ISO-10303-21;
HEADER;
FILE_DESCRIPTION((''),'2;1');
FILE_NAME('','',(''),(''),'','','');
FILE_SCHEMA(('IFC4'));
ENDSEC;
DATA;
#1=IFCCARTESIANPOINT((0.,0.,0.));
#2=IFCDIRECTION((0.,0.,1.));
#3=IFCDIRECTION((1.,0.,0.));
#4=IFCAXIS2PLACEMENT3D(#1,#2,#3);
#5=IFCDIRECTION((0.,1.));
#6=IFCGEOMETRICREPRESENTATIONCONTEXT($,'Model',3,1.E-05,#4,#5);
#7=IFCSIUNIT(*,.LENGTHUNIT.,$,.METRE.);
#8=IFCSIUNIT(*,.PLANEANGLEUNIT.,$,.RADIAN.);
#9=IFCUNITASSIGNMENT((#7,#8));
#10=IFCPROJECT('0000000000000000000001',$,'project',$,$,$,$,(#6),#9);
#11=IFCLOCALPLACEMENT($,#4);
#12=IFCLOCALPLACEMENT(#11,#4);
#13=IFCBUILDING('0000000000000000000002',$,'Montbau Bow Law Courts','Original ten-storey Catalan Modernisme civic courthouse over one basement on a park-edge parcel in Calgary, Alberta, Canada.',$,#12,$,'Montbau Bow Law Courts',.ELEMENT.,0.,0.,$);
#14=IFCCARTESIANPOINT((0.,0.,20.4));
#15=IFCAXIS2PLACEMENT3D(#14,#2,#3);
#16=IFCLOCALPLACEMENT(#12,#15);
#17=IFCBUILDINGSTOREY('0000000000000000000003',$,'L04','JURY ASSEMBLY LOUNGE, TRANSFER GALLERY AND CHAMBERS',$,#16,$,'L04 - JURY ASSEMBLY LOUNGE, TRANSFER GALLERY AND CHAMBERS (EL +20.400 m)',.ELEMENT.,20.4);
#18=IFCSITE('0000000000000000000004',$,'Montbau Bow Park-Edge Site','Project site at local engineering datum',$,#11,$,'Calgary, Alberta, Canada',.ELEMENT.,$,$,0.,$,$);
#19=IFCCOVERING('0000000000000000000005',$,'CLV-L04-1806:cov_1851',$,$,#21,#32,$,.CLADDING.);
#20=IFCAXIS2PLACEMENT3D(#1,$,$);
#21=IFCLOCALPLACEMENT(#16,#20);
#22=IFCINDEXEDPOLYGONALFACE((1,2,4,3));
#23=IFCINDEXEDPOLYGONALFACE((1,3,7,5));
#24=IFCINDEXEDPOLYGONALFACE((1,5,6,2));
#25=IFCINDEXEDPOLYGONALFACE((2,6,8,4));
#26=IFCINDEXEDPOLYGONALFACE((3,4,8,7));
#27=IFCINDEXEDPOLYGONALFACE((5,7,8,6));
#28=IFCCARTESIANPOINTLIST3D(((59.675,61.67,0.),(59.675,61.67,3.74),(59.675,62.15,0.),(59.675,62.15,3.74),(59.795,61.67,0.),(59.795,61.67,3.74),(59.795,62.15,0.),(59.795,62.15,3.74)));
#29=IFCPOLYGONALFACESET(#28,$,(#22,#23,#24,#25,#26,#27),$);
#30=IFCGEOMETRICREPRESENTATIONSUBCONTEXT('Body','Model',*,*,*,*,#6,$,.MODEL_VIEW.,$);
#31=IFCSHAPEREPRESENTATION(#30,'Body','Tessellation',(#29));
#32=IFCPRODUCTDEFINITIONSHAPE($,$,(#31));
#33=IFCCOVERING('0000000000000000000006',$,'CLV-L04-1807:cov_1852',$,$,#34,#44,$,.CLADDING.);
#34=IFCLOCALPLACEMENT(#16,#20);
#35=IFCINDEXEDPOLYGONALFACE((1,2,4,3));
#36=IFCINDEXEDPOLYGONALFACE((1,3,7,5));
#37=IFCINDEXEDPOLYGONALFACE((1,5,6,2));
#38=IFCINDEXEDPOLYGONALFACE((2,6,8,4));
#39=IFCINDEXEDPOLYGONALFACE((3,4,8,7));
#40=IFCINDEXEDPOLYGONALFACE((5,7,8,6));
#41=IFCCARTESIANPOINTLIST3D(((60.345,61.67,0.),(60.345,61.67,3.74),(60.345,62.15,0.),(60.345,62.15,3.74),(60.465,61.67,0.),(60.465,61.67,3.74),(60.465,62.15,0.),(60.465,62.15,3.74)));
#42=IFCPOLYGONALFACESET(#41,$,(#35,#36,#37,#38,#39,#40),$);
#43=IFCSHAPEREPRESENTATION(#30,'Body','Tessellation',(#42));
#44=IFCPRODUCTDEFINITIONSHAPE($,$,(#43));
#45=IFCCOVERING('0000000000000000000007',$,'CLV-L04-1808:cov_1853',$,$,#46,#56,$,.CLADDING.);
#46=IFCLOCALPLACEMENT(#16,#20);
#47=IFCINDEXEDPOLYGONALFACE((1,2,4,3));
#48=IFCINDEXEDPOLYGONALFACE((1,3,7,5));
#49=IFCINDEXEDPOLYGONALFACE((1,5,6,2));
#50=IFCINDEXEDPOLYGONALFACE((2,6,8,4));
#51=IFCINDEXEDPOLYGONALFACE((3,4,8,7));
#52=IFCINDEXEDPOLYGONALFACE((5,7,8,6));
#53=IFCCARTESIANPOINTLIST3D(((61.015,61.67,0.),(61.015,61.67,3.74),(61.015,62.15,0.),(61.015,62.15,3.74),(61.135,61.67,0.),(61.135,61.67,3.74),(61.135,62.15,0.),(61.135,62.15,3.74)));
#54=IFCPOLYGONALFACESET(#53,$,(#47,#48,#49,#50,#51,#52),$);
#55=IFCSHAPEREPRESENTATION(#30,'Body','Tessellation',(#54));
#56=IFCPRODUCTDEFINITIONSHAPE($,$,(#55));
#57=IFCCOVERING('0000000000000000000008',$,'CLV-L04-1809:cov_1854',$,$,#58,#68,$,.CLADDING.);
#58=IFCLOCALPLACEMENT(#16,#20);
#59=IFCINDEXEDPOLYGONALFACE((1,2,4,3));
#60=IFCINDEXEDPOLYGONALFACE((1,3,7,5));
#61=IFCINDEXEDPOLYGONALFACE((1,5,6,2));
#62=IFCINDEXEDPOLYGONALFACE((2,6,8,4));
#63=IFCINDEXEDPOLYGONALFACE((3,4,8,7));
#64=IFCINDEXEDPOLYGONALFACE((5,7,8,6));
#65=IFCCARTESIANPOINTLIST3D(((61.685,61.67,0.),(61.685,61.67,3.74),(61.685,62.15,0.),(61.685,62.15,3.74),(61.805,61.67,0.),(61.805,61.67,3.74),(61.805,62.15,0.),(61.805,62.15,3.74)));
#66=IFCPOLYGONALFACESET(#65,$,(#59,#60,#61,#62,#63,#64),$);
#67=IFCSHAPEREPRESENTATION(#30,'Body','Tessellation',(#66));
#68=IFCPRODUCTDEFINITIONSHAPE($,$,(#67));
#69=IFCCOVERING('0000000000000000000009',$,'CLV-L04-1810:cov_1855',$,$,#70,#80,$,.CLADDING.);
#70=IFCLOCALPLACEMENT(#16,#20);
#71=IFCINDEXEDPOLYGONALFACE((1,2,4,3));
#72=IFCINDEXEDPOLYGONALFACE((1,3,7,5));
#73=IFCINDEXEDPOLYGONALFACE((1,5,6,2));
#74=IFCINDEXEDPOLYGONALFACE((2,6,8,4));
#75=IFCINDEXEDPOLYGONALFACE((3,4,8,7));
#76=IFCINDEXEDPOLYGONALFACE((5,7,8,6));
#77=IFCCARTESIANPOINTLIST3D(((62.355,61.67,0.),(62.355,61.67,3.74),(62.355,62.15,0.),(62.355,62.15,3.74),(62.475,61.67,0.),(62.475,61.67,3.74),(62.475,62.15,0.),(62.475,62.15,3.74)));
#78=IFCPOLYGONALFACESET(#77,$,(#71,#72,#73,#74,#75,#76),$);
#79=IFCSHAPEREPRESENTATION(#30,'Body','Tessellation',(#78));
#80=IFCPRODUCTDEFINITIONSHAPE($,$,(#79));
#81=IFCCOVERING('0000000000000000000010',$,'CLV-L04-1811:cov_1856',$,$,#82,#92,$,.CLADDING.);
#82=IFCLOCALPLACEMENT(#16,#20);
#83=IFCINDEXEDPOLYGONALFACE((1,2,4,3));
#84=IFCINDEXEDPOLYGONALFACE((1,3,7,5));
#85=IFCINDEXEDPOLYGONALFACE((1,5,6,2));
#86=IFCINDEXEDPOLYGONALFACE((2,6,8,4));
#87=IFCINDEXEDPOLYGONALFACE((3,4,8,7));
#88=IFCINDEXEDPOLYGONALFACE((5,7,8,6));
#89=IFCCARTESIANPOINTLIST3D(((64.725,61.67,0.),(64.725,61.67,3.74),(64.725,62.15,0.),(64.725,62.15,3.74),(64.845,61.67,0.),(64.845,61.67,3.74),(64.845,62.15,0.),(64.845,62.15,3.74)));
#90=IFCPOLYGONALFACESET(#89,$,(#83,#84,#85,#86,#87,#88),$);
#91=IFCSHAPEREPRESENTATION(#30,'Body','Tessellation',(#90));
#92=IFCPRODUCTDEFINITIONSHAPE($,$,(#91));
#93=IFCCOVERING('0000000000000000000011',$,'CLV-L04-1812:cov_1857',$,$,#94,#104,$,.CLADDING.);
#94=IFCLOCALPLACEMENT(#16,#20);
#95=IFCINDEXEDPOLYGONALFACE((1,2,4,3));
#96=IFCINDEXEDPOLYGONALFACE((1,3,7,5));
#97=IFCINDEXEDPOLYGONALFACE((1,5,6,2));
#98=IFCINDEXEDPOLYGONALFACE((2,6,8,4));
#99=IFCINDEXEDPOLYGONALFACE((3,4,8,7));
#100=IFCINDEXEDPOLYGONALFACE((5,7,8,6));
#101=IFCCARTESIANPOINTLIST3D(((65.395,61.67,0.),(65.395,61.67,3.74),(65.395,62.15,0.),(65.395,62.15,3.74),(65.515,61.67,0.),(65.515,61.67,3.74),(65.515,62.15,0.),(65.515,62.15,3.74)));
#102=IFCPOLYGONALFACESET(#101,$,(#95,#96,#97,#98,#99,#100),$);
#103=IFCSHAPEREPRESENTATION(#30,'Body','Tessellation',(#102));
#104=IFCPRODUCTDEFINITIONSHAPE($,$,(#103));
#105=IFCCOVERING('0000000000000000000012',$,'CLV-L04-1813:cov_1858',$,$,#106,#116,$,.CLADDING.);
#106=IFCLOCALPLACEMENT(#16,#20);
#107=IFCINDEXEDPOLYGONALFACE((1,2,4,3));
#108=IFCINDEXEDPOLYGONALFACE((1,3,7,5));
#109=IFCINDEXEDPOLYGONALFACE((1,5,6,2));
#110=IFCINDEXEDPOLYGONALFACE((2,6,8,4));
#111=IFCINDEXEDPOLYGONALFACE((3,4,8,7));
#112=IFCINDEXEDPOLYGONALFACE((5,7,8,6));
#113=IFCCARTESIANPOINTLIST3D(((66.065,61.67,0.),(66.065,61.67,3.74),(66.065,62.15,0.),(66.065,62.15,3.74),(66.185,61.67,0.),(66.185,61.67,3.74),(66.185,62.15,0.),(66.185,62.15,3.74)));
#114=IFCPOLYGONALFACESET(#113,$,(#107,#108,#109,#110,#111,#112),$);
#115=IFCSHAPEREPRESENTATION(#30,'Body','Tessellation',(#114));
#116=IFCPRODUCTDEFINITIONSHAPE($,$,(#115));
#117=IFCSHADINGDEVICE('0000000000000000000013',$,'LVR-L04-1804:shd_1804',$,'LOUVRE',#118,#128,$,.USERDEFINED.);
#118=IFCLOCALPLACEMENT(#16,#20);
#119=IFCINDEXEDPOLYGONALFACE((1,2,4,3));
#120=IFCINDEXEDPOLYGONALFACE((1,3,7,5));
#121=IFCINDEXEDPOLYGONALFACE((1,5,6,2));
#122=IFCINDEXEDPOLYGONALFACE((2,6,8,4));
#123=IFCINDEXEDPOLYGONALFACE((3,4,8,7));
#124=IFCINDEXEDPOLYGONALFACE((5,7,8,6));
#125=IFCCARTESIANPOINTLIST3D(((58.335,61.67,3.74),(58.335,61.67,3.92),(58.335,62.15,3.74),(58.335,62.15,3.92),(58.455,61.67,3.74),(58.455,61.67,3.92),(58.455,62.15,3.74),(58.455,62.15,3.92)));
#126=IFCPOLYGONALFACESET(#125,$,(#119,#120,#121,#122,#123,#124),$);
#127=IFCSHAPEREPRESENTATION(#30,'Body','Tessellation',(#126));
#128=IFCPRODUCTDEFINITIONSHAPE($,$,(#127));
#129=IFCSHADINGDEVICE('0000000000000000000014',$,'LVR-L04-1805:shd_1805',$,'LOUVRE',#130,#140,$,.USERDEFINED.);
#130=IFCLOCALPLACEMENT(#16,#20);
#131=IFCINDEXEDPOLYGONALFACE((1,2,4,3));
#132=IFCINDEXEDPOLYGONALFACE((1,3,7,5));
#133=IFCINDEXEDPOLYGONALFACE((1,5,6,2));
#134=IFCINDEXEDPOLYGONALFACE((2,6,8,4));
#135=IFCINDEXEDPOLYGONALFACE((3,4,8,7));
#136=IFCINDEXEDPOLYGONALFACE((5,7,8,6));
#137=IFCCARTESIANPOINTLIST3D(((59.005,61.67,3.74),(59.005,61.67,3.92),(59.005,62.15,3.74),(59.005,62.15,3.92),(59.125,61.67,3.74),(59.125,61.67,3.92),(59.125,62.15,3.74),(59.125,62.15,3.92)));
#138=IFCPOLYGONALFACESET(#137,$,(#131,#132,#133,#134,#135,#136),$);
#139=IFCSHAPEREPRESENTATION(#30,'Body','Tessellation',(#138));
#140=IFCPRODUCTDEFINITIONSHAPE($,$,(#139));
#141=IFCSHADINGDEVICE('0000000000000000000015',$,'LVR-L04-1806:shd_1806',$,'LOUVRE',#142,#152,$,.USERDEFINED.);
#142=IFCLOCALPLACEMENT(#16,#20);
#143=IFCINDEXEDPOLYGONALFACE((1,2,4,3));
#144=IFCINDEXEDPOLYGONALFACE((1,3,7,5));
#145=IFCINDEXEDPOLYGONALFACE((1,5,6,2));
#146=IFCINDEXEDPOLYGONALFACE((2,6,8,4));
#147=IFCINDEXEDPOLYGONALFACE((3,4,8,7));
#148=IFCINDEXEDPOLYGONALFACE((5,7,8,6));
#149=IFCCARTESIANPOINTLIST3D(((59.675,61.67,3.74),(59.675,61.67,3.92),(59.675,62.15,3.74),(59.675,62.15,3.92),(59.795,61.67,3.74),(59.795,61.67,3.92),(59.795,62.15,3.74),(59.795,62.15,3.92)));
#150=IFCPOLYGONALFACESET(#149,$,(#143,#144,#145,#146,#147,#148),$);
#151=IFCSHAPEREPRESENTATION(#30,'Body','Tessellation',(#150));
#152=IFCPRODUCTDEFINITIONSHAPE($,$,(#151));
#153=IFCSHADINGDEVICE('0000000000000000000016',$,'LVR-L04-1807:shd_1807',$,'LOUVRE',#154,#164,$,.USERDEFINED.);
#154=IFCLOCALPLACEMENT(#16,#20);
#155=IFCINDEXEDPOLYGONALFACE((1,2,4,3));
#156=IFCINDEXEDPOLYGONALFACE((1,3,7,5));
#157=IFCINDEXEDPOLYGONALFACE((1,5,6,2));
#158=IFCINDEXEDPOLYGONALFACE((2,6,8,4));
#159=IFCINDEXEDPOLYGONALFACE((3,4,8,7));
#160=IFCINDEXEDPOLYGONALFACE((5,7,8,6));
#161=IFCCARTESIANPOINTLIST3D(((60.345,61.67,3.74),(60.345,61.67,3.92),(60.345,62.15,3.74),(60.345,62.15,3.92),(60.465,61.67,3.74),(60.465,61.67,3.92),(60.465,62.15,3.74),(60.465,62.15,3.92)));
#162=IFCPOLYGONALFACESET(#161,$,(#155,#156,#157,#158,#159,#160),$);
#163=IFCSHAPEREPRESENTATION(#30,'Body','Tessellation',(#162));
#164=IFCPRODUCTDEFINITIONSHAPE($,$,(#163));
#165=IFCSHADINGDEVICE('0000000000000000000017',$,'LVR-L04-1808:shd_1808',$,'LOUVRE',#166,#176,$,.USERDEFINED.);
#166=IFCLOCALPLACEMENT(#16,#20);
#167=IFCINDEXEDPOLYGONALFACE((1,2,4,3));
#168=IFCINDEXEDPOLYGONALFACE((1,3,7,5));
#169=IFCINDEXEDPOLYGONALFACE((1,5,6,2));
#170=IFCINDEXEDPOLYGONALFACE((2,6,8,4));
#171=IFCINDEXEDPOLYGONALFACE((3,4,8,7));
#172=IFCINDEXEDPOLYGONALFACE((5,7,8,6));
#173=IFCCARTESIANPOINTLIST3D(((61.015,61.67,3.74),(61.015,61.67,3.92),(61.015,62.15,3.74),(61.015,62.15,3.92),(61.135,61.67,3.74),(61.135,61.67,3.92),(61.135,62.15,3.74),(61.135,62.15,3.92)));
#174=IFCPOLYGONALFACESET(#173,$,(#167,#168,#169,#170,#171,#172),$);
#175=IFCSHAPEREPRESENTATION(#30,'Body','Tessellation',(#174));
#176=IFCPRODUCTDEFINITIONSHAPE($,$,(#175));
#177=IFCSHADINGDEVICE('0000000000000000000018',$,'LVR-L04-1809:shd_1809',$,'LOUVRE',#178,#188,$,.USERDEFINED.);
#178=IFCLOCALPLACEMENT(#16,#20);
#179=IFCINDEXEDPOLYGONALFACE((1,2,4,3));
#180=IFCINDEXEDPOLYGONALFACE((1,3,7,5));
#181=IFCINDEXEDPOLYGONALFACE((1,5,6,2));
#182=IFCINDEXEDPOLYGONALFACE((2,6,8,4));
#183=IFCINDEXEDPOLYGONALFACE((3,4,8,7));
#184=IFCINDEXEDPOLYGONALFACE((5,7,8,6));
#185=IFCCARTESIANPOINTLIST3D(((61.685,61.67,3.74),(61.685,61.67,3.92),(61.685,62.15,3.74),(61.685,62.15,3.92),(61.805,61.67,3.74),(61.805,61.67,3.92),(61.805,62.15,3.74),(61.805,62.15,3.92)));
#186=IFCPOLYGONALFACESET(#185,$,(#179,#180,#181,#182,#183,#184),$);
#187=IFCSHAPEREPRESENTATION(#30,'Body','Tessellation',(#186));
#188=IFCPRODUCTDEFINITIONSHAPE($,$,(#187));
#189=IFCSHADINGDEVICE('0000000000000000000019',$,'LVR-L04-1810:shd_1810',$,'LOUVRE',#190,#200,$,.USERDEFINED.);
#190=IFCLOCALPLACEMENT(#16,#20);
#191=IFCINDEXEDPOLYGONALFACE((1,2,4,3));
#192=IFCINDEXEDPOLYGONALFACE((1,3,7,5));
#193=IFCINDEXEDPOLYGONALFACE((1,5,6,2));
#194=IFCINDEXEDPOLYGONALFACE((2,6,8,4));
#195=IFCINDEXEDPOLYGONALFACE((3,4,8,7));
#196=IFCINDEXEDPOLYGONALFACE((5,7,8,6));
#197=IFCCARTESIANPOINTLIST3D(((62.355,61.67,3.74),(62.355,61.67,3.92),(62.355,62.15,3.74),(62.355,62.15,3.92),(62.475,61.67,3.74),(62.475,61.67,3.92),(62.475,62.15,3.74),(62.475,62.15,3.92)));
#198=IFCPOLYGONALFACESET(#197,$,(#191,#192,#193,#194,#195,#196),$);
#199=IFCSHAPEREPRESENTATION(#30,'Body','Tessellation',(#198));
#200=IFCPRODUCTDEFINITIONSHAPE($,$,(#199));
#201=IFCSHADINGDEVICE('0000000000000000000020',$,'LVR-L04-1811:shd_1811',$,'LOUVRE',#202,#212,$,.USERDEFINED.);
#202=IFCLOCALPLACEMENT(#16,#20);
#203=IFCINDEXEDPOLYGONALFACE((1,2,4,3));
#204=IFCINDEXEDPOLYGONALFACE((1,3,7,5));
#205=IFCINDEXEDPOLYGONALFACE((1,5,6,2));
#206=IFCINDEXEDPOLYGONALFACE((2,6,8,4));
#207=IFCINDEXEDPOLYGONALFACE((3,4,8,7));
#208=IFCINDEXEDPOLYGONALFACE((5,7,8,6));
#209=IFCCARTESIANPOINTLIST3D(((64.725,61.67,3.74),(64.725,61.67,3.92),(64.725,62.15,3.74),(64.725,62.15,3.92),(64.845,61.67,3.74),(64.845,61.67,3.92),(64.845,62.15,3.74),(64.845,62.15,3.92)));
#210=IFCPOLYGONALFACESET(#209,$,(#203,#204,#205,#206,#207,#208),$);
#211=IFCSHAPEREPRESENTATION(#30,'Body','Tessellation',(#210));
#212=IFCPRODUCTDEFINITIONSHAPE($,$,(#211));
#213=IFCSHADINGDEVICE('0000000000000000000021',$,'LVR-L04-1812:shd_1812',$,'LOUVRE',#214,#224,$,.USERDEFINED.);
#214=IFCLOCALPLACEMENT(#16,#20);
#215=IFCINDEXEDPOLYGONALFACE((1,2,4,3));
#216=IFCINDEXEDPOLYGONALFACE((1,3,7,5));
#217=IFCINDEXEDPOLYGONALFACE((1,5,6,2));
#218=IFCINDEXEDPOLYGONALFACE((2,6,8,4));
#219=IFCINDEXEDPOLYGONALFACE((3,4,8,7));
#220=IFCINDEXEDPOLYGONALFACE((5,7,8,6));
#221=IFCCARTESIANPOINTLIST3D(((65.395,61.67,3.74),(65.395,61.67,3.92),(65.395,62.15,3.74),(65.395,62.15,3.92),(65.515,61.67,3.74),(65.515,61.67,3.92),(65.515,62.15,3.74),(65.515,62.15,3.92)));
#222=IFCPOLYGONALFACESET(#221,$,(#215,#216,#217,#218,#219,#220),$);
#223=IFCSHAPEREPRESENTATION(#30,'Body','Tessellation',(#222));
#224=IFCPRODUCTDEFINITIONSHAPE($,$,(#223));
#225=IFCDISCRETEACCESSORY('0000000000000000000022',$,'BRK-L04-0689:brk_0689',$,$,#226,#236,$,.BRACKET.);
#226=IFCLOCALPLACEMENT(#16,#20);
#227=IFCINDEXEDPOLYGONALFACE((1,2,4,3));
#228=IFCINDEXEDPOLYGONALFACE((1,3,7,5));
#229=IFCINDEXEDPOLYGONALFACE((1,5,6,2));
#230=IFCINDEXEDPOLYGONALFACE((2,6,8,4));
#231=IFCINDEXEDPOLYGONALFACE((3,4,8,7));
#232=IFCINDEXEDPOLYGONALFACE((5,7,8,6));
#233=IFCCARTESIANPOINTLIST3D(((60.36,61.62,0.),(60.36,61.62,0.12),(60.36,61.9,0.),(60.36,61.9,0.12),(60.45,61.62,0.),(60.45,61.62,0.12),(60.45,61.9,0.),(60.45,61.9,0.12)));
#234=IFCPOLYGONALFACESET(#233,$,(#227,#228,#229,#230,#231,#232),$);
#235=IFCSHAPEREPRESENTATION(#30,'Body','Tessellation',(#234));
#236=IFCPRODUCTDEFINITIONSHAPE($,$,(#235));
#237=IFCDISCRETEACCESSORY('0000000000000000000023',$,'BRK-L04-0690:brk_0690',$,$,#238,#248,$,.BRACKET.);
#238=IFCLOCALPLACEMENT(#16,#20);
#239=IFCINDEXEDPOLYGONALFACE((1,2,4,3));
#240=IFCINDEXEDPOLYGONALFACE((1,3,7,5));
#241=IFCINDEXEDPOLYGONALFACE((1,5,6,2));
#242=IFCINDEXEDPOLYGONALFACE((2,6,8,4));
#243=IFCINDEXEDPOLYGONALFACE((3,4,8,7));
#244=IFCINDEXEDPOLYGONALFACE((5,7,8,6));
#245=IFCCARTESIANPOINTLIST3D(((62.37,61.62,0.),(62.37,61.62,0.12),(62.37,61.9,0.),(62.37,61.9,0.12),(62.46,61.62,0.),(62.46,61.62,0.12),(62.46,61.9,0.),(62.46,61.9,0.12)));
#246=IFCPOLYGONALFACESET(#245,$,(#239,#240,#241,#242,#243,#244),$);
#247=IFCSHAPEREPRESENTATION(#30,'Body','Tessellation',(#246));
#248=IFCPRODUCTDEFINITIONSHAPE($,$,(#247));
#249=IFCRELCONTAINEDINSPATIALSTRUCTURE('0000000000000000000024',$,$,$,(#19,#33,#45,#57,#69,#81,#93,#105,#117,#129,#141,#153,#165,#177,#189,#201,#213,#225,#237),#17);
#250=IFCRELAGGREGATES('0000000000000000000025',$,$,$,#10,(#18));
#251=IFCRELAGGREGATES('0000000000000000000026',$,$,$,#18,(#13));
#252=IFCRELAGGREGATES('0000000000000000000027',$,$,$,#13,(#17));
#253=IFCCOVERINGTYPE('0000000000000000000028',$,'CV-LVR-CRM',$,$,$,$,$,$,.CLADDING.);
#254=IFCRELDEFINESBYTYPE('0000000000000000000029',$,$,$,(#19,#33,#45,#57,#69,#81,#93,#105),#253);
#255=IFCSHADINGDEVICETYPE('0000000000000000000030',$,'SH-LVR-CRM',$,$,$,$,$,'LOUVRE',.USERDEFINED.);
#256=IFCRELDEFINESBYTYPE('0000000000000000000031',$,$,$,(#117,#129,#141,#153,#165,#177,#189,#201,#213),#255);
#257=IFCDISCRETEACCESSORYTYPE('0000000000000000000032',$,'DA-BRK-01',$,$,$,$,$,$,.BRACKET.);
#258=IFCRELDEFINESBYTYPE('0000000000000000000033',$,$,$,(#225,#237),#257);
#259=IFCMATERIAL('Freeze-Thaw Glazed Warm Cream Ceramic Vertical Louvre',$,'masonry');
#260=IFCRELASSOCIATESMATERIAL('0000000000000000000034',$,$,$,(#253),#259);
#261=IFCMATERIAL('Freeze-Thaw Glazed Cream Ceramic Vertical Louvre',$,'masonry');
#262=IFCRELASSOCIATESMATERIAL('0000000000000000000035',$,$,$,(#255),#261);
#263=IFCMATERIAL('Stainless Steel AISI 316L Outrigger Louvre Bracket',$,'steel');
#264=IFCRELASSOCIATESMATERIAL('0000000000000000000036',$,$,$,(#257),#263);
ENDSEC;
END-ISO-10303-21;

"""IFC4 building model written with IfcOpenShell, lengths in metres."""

from ifc_helpers import new_model, si_unit, direction, frame, frame_2d, origin_with_axes, origin_2d_with_axis, place, context, subcontext, project, spatial, rectangle, extrude, material, type_object, element, save


model = new_model("IFC4")

# Units and contexts
model_context = context("Model", 3, precision=1e-05, world=origin_with_axes(), true_north=direction((0.0, 1.0)))
body_context = subcontext(model_context, "Body", "Model", "MODEL_VIEW")
ifc_project = project(units=[si_unit("LENGTHUNIT", "METRE"), si_unit("PLANEANGLEUNIT", "RADIAN")], contexts=[model_context])

# Site, building, storey
site_placement = place(None, origin_with_axes())
site = spatial("IfcSite", under=ifc_project, at=site_placement, Name="Montbau Bow Park-Edge Site", Description="Project site at local engineering datum", LongName="Calgary, Alberta, Canada", CompositionType="ELEMENT", RefElevation=0.0)
building_placement = place(site_placement, origin_with_axes())
building = spatial("IfcBuilding", under=site, at=building_placement, Name="Montbau Bow Law Courts", Description="Original ten-storey Catalan Modernisme civic courthouse over one basement on a park-edge parcel in Calgary, Alberta, Canada.", LongName="Montbau Bow Law Courts", CompositionType="ELEMENT", ElevationOfRefHeight=0.0, ElevationOfTerrain=0.0)
storey_placement = place(building_placement, frame((0.0, 0.0, 20.4), z_axis=(0.0, 0.0, 1.0), x_axis=(1.0, 0.0, 0.0)))
storey = spatial("IfcBuildingStorey", under=building, at=storey_placement, Name="L04", Description="JURY ASSEMBLY LOUNGE, TRANSFER GALLERY AND CHAMBERS", LongName="L04 - JURY ASSEMBLY LOUNGE, TRANSFER GALLERY AND CHAMBERS (EL +20.400 m)", CompositionType="ELEMENT", Elevation=20.4)

# Coverings
ifc_material_1 = material(Name="Freeze-Thaw Glazed Warm Cream Ceramic Vertical Louvre", Category="masonry")
covering_type = type_object("IfcCoveringType", Name="CV-LVR-CRM", PredefinedType="CLADDING", material=ifc_material_1)
for number, where, z_axis, x_axis, name in (
    (1, (59.735, 61.67, 20.4), (1.0, 0.0, 0.0), (0.0, 1.0, 0.0), "CLV-L04-1806:cov_1851"),
    (2, (60.405, 61.67, 20.4), (1.0, 0.0, 0.0), (0.0, 1.0, 0.0), "CLV-L04-1807:cov_1852"),
    (3, (61.075, 61.67, 20.4), (1.0, 0.0, 0.0), (0.0, 1.0, 0.0), "CLV-L04-1808:cov_1853"),
    (4, (61.745, 61.67, 20.4), (1.0, 0.0, 0.0), (0.0, 1.0, 0.0), "CLV-L04-1809:cov_1854"),
    (5, (62.415, 61.67, 20.4), (1.0, 0.0, 0.0), (0.0, 1.0, 0.0), "CLV-L04-1810:cov_1855"),
    (6, (64.785, 61.67, 20.4), (1.0, 0.0, 0.0), (0.0, 1.0, 0.0), "CLV-L04-1811:cov_1856"),
    (7, (65.455, 61.67, 20.4), (1.0, 0.0, 0.0), (0.0, 1.0, 0.0), "CLV-L04-1812:cov_1857"),
    (8, (66.125, 61.67, 20.4), (1.0, 0.0, 0.0), (0.0, 1.0, 0.0), "CLV-L04-1813:cov_1858"),
):
    element("IfcCovering", number, at=place(None, frame(where, z_axis=z_axis, x_axis=x_axis)), inside=storey, type_object=covering_type, Name=name, PredefinedType="CLADDING", context=body_context, shape_type="SweptSolid", body=[
        extrude(rectangle(XDim=0.48, YDim=3.74, at=frame_2d((0.24, 1.87), x_axis=(1.0, 0.0))), frame((0.0, 0.0, -0.06), z_axis=(0.0, 0.0, 1.0), x_axis=(1.0, 0.0, 0.0)), (0.0, 0.0, 1.0), 0.12),
    ])

# Shading devices
ifc_material_2 = material(Name="Freeze-Thaw Glazed Cream Ceramic Vertical Louvre", Category="masonry")
shading_device_type = type_object("IfcShadingDeviceType", Name="SH-LVR-CRM", ElementType="LOUVRE", PredefinedType="USERDEFINED", material=ifc_material_2)
for number, where, z_axis, x_axis, name in (
    (9, (58.395, 61.91, 24.14), (0.0, 0.0, 1.0), (0.0, 1.0, 0.0), "LVR-L04-1804:shd_1804"),
    (10, (59.065, 61.91, 24.14), (0.0, 0.0, 1.0), (0.0, 1.0, 0.0), "LVR-L04-1805:shd_1805"),
    (11, (59.735, 61.91, 24.14), (0.0, 0.0, 1.0), (0.0, 1.0, 0.0), "LVR-L04-1806:shd_1806"),
    (12, (60.405, 61.91, 24.14), (0.0, 0.0, 1.0), (0.0, 1.0, 0.0), "LVR-L04-1807:shd_1807"),
    (13, (61.075, 61.91, 24.14), (0.0, 0.0, 1.0), (0.0, 1.0, 0.0), "LVR-L04-1808:shd_1808"),
    (14, (61.745, 61.91, 24.14), (0.0, 0.0, 1.0), (0.0, 1.0, 0.0), "LVR-L04-1809:shd_1809"),
    (15, (62.415, 61.91, 24.14), (0.0, 0.0, 1.0), (0.0, 1.0, 0.0), "LVR-L04-1810:shd_1810"),
    (16, (64.785, 61.91, 24.14), (0.0, 0.0, 1.0), (0.0, 1.0, 0.0), "LVR-L04-1811:shd_1811"),
    (17, (65.455, 61.91, 24.14), (0.0, 0.0, 1.0), (0.0, 1.0, 0.0), "LVR-L04-1812:shd_1812"),
):
    element("IfcShadingDevice", number, at=place(None, frame(where, z_axis=z_axis, x_axis=x_axis)), inside=storey, type_object=shading_device_type, Name=name, ObjectType="LOUVRE", PredefinedType="USERDEFINED", context=body_context, shape_type="SweptSolid", body=[
        extrude(rectangle(XDim=0.48, YDim=0.12, at=origin_2d_with_axis()), origin_with_axes(), (0.0, 0.0, 1.0), 0.18),
    ])

# Discrete accessories
ifc_material_3 = material(Name="Stainless Steel AISI 316L Outrigger Louvre Bracket", Category="steel")
discrete_accessory_type = type_object("IfcDiscreteAccessoryType", Name="DA-BRK-01", PredefinedType="BRACKET", material=ifc_material_3)
for number, where, z_axis, x_axis, name in (
    (18, (60.405, 61.76, 20.4), (0.0, 0.0, 1.0), (0.0, 1.0, 0.0), "BRK-L04-0689:brk_0689"),
    (19, (62.415, 61.76, 20.4), (0.0, 0.0, 1.0), (0.0, 1.0, 0.0), "BRK-L04-0690:brk_0690"),
):
    element("IfcDiscreteAccessory", number, at=place(None, frame(where, z_axis=z_axis, x_axis=x_axis)), inside=storey, type_object=discrete_accessory_type, Name=name, PredefinedType="BRACKET", context=body_context, shape_type="SweptSolid", body=[
        extrude(rectangle(XDim=0.28, YDim=0.09, at=origin_2d_with_axis()), origin_with_axes(), (0.0, 0.0, 1.0), 0.12),
    ])

save(model, "model.ifc")
